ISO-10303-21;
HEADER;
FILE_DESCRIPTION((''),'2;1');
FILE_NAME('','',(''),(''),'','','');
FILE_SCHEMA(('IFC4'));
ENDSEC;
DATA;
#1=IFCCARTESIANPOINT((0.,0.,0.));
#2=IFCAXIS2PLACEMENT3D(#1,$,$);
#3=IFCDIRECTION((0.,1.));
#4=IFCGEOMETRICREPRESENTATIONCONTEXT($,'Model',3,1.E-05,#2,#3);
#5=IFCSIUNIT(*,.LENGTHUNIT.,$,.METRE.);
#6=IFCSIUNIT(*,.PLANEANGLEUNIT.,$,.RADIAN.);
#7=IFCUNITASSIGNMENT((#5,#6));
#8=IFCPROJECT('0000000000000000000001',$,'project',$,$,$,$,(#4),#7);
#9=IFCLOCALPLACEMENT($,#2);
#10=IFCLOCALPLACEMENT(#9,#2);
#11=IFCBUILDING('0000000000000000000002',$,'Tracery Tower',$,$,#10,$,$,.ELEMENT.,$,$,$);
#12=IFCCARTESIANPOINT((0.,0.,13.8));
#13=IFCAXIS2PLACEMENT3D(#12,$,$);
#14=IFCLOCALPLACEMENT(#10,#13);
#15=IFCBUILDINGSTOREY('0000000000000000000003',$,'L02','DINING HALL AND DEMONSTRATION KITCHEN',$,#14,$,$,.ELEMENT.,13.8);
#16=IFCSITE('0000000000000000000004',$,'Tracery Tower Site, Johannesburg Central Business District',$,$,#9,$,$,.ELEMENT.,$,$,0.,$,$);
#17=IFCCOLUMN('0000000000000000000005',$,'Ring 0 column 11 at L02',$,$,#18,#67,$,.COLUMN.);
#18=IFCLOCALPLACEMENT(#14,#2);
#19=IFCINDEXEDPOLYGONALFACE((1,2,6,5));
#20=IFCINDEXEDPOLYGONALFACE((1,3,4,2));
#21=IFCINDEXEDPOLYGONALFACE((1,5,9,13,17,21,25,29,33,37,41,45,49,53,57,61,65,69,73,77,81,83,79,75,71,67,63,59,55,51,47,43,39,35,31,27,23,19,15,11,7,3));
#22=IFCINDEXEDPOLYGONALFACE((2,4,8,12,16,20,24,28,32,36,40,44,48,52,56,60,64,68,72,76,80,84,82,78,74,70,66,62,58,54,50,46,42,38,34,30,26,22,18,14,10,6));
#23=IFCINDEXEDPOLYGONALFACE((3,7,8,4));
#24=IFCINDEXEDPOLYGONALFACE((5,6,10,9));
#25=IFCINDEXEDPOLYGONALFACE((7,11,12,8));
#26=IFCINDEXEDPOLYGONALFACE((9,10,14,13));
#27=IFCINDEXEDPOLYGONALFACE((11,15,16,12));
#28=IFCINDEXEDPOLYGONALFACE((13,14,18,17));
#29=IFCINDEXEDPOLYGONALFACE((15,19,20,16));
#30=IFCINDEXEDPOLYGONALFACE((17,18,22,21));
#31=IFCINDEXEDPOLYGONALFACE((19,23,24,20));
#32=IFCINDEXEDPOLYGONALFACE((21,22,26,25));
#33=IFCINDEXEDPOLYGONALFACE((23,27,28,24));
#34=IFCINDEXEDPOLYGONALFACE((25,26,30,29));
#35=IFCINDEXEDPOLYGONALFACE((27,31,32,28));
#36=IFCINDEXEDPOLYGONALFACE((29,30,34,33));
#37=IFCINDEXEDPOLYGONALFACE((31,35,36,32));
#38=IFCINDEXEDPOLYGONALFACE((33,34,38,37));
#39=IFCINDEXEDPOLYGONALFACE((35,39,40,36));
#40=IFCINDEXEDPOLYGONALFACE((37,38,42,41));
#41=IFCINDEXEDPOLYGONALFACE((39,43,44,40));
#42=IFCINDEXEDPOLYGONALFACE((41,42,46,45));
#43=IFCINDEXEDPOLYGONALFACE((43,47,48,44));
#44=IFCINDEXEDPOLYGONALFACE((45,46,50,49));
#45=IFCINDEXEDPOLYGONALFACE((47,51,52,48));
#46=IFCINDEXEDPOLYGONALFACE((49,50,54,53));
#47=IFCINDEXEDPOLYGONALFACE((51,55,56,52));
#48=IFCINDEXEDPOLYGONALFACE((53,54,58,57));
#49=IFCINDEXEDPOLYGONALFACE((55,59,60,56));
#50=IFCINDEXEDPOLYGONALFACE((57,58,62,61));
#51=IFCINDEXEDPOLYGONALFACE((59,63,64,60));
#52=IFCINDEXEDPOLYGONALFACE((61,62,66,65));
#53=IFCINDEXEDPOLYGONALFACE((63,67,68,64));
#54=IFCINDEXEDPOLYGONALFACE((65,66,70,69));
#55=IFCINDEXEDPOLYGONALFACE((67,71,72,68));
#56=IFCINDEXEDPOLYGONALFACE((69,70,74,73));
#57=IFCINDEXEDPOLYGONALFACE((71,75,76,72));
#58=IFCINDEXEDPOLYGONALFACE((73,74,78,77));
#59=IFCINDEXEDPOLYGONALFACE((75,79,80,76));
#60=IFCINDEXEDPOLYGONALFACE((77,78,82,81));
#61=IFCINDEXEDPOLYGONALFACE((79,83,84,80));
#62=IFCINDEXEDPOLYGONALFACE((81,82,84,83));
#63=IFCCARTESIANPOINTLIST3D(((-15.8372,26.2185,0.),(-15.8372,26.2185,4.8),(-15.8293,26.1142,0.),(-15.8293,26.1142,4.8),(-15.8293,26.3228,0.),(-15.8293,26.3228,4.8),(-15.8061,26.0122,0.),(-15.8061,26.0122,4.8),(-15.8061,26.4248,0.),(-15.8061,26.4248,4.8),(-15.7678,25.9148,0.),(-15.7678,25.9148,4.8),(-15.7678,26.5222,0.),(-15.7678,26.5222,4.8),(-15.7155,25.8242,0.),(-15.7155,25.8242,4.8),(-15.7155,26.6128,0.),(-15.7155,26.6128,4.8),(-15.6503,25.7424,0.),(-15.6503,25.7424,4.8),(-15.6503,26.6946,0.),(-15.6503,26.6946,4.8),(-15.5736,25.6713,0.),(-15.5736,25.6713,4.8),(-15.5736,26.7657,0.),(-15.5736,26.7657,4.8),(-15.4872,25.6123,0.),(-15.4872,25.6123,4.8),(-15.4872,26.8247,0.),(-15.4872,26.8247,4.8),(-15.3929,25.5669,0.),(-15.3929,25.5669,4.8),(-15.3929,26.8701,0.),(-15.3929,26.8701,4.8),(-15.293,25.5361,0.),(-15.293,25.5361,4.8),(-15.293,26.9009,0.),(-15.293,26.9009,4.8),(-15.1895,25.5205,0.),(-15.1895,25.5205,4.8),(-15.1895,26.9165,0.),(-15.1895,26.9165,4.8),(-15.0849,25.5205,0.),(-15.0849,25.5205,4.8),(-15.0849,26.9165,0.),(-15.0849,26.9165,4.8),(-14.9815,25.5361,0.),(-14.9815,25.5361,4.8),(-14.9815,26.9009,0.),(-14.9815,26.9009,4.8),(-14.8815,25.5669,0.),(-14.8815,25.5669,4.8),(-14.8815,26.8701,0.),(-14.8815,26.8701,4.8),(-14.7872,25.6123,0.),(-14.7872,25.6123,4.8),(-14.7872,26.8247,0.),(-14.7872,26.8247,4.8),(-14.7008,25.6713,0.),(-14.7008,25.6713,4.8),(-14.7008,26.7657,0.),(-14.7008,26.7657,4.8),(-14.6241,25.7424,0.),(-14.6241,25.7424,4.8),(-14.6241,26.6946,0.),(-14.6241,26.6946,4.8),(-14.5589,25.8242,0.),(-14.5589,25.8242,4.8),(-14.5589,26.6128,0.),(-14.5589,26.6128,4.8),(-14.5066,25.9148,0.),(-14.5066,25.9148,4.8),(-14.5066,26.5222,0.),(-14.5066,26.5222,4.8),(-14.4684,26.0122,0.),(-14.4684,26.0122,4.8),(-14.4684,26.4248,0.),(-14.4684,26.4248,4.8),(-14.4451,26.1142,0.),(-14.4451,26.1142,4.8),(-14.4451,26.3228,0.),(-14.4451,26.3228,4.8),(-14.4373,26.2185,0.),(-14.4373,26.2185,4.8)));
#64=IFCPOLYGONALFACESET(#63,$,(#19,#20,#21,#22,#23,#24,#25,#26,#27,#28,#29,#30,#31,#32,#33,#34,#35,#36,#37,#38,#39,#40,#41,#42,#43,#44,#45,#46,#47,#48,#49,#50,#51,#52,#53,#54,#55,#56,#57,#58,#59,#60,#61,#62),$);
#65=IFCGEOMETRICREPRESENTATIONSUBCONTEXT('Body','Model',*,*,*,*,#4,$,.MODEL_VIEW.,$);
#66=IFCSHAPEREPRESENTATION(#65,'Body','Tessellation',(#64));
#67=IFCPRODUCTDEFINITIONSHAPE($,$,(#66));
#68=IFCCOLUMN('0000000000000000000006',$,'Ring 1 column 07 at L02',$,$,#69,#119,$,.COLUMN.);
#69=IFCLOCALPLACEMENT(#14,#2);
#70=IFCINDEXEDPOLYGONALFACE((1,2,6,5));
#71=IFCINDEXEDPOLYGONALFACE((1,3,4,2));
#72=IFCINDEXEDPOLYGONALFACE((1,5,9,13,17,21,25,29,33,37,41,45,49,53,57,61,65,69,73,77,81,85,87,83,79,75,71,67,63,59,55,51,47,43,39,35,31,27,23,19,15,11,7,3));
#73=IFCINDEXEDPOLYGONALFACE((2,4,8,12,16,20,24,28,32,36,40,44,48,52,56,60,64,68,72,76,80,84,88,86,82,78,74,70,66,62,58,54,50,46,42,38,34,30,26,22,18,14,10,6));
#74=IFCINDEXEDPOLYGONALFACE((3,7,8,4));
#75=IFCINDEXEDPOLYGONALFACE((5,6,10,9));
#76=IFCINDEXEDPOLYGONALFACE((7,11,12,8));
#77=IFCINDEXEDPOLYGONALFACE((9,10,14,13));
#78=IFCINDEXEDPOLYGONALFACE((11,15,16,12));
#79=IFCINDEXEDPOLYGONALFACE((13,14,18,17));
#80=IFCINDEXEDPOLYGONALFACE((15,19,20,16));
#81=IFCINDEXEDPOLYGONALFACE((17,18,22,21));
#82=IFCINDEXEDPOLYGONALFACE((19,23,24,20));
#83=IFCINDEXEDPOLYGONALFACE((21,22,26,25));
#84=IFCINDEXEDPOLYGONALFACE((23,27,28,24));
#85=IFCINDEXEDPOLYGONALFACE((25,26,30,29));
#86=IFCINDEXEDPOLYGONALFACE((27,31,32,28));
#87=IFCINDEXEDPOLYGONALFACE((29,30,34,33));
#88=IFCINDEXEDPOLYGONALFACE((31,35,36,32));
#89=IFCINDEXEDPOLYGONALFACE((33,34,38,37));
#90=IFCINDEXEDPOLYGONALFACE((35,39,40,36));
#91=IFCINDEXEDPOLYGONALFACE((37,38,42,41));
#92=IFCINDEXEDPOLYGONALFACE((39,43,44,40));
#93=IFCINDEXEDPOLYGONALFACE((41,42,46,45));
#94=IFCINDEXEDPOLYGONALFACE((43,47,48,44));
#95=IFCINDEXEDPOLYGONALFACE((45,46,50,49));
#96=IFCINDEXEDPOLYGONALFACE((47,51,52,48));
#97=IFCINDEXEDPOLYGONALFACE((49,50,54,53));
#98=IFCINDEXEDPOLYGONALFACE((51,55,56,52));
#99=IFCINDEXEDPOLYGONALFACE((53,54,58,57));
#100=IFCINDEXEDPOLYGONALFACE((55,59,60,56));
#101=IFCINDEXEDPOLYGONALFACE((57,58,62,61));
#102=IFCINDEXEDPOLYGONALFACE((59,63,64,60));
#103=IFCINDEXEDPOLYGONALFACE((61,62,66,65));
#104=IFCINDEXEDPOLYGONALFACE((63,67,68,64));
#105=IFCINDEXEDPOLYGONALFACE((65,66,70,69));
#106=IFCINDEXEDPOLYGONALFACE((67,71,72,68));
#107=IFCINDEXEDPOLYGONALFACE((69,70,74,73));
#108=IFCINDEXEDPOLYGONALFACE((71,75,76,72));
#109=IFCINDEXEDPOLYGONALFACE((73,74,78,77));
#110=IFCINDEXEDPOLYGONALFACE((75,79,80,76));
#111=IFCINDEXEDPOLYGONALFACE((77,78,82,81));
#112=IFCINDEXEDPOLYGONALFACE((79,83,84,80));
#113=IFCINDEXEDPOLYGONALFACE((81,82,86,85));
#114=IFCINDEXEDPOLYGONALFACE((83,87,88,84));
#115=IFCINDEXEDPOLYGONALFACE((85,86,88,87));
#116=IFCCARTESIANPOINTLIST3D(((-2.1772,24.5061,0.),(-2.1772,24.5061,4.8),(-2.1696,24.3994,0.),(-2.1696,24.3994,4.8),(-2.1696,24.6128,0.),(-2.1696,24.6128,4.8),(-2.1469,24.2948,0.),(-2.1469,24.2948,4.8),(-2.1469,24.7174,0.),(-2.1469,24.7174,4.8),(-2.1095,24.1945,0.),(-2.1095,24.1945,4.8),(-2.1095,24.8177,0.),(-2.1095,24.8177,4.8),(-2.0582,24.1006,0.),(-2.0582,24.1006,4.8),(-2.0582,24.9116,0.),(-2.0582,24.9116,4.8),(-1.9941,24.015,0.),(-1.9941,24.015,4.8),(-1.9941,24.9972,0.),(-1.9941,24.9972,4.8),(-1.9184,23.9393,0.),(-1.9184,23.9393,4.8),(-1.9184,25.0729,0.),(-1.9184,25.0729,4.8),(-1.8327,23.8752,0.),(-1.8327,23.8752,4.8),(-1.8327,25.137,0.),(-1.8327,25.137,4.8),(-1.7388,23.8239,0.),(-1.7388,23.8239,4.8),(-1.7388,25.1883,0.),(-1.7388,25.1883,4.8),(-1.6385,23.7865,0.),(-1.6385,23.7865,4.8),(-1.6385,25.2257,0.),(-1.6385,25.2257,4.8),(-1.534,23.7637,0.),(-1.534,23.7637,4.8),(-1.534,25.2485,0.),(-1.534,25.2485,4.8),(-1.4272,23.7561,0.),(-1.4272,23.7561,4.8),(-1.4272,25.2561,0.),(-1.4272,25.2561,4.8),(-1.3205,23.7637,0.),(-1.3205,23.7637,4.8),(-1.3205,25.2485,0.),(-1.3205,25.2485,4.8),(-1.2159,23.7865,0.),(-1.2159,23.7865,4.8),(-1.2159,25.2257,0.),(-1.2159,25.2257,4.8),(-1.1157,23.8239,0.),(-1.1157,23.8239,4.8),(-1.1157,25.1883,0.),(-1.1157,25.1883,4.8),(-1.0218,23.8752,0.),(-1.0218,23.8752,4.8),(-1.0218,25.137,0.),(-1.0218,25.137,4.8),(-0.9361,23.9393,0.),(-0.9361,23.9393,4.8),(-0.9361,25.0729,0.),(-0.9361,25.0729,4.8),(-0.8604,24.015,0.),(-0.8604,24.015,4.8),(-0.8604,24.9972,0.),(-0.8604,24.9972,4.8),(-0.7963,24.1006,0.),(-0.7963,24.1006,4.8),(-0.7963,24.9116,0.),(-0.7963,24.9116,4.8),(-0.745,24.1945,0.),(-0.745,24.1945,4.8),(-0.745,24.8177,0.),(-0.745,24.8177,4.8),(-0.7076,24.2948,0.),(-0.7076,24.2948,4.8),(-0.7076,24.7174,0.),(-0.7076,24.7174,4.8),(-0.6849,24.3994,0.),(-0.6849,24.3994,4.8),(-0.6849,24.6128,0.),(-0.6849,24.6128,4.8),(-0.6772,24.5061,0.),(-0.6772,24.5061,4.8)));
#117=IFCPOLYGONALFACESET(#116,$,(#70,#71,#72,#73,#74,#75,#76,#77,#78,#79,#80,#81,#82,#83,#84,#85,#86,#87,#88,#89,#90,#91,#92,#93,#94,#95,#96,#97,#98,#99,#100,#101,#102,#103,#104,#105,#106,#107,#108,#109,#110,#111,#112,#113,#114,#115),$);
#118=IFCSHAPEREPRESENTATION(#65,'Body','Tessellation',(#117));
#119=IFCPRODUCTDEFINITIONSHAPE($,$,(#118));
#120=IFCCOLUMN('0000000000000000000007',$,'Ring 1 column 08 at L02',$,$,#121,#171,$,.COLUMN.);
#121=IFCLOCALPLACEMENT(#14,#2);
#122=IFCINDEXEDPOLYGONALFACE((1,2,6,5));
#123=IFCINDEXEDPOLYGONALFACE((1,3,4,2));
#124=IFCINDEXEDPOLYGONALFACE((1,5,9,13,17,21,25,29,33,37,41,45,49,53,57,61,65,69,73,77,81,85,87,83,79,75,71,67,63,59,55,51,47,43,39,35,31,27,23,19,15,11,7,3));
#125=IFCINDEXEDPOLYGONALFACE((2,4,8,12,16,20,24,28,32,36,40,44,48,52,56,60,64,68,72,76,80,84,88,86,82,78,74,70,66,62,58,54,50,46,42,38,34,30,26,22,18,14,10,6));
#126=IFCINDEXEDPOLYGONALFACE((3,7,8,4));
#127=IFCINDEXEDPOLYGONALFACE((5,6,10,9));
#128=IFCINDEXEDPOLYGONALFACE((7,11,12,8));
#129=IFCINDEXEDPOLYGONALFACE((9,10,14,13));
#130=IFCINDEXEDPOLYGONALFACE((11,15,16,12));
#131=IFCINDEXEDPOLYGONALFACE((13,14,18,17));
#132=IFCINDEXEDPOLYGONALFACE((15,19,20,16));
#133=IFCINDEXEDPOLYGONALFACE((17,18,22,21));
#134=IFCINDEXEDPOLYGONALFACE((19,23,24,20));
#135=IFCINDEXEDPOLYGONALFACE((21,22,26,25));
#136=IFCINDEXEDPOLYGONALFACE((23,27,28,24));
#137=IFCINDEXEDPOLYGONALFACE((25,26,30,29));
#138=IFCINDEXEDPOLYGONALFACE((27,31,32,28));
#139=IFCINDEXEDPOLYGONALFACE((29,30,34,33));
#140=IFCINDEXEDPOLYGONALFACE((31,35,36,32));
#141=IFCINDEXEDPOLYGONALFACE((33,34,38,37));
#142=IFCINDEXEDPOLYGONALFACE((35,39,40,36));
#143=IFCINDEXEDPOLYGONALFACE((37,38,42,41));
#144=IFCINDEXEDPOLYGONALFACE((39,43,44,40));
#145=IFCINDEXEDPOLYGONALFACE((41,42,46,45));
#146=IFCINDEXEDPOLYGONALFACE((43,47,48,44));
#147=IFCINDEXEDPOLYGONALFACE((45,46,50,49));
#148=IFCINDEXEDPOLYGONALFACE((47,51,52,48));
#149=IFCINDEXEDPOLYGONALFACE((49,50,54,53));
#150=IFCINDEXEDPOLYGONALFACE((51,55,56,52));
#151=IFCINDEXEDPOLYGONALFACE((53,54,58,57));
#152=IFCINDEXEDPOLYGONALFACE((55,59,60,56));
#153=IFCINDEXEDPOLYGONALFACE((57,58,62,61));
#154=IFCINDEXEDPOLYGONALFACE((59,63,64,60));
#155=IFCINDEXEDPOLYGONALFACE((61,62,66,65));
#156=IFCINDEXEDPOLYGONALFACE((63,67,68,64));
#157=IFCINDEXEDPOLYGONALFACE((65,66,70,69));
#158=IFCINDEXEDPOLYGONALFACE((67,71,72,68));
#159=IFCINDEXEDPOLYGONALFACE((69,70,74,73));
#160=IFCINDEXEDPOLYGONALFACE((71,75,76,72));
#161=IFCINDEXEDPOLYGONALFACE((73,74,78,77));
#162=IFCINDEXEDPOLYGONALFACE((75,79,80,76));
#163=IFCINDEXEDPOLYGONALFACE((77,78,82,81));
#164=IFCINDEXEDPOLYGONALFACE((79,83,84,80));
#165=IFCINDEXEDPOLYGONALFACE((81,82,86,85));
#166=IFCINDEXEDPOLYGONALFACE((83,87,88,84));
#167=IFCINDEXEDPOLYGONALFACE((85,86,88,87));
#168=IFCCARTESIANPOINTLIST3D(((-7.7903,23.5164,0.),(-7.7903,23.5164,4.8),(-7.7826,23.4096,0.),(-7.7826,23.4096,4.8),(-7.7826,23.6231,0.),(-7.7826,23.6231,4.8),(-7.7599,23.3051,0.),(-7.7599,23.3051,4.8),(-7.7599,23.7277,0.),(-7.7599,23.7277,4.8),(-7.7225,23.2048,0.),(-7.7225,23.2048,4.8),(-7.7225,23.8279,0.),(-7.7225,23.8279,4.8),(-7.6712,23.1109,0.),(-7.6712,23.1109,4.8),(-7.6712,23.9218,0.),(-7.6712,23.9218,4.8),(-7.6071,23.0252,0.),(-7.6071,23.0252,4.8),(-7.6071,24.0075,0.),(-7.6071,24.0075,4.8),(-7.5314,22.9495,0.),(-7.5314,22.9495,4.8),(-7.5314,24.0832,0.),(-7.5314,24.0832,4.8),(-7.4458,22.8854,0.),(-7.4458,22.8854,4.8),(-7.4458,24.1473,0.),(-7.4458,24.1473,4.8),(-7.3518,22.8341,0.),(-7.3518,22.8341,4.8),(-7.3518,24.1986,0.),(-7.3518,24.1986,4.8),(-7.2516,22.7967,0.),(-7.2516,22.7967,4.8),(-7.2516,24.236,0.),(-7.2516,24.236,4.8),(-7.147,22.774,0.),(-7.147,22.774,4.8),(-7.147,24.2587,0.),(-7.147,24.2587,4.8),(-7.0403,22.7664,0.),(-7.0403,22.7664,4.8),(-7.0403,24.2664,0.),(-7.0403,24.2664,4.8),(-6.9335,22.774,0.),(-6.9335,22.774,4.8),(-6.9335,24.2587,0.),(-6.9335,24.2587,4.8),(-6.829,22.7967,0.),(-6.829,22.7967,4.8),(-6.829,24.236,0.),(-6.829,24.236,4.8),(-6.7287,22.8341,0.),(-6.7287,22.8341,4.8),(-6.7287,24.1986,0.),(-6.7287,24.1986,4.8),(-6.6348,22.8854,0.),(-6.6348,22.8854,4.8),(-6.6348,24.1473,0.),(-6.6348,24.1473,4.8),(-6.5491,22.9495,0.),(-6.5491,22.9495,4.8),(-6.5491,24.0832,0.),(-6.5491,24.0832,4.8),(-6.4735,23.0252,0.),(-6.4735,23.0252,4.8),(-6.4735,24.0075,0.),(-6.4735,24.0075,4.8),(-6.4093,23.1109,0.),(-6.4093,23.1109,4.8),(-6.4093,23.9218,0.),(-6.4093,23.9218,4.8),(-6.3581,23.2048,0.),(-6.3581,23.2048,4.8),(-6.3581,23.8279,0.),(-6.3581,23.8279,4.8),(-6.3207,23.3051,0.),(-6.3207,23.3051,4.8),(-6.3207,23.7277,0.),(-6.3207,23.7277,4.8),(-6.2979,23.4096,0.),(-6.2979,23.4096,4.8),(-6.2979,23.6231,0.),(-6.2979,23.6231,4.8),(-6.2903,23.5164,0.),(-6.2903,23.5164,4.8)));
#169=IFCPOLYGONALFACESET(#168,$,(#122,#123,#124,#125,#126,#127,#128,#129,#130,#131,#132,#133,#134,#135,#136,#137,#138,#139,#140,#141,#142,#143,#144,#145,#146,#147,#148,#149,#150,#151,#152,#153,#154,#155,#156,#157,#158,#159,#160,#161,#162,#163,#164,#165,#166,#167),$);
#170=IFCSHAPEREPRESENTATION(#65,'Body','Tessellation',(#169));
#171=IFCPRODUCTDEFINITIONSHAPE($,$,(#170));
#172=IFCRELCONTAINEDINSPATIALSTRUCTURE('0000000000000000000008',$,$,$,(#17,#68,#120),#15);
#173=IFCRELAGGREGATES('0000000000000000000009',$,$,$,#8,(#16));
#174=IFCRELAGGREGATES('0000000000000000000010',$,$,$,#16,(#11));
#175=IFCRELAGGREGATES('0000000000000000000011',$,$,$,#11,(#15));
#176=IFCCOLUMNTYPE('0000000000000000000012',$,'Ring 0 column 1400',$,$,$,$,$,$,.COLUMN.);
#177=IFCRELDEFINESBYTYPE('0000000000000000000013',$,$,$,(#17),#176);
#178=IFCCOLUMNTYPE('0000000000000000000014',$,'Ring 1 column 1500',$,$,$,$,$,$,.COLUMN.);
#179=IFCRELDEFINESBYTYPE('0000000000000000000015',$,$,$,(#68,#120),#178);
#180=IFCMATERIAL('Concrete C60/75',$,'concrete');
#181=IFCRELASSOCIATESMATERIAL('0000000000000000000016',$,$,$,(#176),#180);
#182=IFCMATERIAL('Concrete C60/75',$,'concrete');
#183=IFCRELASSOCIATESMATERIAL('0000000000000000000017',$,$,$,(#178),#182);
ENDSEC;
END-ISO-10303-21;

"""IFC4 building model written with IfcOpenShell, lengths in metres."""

from ifc_helpers import new_model, si_unit, direction, frame, origin, origin_2d, place, context, subcontext, project, spatial, circle, extrude, material, material_profile, profile_set, type_object, element, save


model = new_model("IFC4")

# Units and contexts
model_context = context("Model", 3, precision=1e-05, world=origin(), true_north=direction((0.0, 1.0)))
body_context = subcontext(model_context, "Body", "Model", "MODEL_VIEW")
ifc_project = project(units=[si_unit("LENGTHUNIT", "METRE"), si_unit("PLANEANGLEUNIT", "RADIAN")], contexts=[model_context])

# Site, building, storey
site_placement = place(None, origin())
site = spatial("IfcSite", under=ifc_project, at=site_placement, Name="Tracery Tower Site, Johannesburg Central Business District", CompositionType="ELEMENT", RefElevation=0.0)
building_placement = place(site_placement, origin())
building = spatial("IfcBuilding", under=site, at=building_placement, Name="Tracery Tower", CompositionType="ELEMENT")
storey_placement = place(building_placement, frame((0.0, 0.0, 13.8)))
storey = spatial("IfcBuildingStorey", under=building, at=storey_placement, Name="L02", Description="DINING HALL AND DEMONSTRATION KITCHEN", CompositionType="ELEMENT", Elevation=13.8)

# Columns
ifc_material_1 = material(Name="Concrete C60/75", Category="concrete")
ifc_material_profile_1 = material_profile(ifc_material_1, circle(Radius=0.7, at=origin_2d()), Name="RC D1400")
ifc_profile_set_1 = profile_set([ifc_material_profile_1], Name="Concrete C60/75")
column_type_1 = type_object("IfcColumnType", Name="Ring 0 column 1400", PredefinedType="COLUMN", material=ifc_profile_set_1)
column_placement = place(storey_placement, frame((-15.1372, 26.2185, 0.0), z_axis=(0.0, 0.0, 1.0), x_axis=(1.0, 0.0, 0.0)))
element("IfcColumn", 1, at=column_placement, inside=storey, type_object=column_type_1, Name="Ring 0 column 11 at L02", PredefinedType="COLUMN", context=body_context, shape_type="SweptSolid", body=[
    extrude(circle(Radius=0.7, at=origin_2d()), origin(), (0.0, 0.0, 1.0), 4.8),
])
ifc_material_2 = material(Name="Concrete C60/75", Category="concrete")
ifc_material_profile_2 = material_profile(ifc_material_2, circle(Radius=0.75, at=origin_2d()), Name="RC D1500")
ifc_profile_set_2 = profile_set([ifc_material_profile_2], Name="Concrete C60/75")
column_type_2 = type_object("IfcColumnType", Name="Ring 1 column 1500", PredefinedType="COLUMN", material=ifc_profile_set_2)
for number, where, z_axis, x_axis, name in (
    (2, (-1.4272, 24.5061, 0.0), (0.0, 0.0, 1.0), (1.0, 0.0, 0.0), "Ring 1 column 07 at L02"),
    (3, (-7.0403, 23.5164, 0.0), (0.0, 0.0, 1.0), (1.0, 0.0, 0.0), "Ring 1 column 08 at L02"),
):
    element("IfcColumn", number, at=place(storey_placement, frame(where, z_axis=z_axis, x_axis=x_axis)), inside=storey, type_object=column_type_2, Name=name, PredefinedType="COLUMN", context=body_context, shape_type="SweptSolid", body=[
        extrude(circle(Radius=0.75, at=origin_2d()), origin(), (0.0, 0.0, 1.0), 4.8),
    ])

save(model, "model.ifc")
